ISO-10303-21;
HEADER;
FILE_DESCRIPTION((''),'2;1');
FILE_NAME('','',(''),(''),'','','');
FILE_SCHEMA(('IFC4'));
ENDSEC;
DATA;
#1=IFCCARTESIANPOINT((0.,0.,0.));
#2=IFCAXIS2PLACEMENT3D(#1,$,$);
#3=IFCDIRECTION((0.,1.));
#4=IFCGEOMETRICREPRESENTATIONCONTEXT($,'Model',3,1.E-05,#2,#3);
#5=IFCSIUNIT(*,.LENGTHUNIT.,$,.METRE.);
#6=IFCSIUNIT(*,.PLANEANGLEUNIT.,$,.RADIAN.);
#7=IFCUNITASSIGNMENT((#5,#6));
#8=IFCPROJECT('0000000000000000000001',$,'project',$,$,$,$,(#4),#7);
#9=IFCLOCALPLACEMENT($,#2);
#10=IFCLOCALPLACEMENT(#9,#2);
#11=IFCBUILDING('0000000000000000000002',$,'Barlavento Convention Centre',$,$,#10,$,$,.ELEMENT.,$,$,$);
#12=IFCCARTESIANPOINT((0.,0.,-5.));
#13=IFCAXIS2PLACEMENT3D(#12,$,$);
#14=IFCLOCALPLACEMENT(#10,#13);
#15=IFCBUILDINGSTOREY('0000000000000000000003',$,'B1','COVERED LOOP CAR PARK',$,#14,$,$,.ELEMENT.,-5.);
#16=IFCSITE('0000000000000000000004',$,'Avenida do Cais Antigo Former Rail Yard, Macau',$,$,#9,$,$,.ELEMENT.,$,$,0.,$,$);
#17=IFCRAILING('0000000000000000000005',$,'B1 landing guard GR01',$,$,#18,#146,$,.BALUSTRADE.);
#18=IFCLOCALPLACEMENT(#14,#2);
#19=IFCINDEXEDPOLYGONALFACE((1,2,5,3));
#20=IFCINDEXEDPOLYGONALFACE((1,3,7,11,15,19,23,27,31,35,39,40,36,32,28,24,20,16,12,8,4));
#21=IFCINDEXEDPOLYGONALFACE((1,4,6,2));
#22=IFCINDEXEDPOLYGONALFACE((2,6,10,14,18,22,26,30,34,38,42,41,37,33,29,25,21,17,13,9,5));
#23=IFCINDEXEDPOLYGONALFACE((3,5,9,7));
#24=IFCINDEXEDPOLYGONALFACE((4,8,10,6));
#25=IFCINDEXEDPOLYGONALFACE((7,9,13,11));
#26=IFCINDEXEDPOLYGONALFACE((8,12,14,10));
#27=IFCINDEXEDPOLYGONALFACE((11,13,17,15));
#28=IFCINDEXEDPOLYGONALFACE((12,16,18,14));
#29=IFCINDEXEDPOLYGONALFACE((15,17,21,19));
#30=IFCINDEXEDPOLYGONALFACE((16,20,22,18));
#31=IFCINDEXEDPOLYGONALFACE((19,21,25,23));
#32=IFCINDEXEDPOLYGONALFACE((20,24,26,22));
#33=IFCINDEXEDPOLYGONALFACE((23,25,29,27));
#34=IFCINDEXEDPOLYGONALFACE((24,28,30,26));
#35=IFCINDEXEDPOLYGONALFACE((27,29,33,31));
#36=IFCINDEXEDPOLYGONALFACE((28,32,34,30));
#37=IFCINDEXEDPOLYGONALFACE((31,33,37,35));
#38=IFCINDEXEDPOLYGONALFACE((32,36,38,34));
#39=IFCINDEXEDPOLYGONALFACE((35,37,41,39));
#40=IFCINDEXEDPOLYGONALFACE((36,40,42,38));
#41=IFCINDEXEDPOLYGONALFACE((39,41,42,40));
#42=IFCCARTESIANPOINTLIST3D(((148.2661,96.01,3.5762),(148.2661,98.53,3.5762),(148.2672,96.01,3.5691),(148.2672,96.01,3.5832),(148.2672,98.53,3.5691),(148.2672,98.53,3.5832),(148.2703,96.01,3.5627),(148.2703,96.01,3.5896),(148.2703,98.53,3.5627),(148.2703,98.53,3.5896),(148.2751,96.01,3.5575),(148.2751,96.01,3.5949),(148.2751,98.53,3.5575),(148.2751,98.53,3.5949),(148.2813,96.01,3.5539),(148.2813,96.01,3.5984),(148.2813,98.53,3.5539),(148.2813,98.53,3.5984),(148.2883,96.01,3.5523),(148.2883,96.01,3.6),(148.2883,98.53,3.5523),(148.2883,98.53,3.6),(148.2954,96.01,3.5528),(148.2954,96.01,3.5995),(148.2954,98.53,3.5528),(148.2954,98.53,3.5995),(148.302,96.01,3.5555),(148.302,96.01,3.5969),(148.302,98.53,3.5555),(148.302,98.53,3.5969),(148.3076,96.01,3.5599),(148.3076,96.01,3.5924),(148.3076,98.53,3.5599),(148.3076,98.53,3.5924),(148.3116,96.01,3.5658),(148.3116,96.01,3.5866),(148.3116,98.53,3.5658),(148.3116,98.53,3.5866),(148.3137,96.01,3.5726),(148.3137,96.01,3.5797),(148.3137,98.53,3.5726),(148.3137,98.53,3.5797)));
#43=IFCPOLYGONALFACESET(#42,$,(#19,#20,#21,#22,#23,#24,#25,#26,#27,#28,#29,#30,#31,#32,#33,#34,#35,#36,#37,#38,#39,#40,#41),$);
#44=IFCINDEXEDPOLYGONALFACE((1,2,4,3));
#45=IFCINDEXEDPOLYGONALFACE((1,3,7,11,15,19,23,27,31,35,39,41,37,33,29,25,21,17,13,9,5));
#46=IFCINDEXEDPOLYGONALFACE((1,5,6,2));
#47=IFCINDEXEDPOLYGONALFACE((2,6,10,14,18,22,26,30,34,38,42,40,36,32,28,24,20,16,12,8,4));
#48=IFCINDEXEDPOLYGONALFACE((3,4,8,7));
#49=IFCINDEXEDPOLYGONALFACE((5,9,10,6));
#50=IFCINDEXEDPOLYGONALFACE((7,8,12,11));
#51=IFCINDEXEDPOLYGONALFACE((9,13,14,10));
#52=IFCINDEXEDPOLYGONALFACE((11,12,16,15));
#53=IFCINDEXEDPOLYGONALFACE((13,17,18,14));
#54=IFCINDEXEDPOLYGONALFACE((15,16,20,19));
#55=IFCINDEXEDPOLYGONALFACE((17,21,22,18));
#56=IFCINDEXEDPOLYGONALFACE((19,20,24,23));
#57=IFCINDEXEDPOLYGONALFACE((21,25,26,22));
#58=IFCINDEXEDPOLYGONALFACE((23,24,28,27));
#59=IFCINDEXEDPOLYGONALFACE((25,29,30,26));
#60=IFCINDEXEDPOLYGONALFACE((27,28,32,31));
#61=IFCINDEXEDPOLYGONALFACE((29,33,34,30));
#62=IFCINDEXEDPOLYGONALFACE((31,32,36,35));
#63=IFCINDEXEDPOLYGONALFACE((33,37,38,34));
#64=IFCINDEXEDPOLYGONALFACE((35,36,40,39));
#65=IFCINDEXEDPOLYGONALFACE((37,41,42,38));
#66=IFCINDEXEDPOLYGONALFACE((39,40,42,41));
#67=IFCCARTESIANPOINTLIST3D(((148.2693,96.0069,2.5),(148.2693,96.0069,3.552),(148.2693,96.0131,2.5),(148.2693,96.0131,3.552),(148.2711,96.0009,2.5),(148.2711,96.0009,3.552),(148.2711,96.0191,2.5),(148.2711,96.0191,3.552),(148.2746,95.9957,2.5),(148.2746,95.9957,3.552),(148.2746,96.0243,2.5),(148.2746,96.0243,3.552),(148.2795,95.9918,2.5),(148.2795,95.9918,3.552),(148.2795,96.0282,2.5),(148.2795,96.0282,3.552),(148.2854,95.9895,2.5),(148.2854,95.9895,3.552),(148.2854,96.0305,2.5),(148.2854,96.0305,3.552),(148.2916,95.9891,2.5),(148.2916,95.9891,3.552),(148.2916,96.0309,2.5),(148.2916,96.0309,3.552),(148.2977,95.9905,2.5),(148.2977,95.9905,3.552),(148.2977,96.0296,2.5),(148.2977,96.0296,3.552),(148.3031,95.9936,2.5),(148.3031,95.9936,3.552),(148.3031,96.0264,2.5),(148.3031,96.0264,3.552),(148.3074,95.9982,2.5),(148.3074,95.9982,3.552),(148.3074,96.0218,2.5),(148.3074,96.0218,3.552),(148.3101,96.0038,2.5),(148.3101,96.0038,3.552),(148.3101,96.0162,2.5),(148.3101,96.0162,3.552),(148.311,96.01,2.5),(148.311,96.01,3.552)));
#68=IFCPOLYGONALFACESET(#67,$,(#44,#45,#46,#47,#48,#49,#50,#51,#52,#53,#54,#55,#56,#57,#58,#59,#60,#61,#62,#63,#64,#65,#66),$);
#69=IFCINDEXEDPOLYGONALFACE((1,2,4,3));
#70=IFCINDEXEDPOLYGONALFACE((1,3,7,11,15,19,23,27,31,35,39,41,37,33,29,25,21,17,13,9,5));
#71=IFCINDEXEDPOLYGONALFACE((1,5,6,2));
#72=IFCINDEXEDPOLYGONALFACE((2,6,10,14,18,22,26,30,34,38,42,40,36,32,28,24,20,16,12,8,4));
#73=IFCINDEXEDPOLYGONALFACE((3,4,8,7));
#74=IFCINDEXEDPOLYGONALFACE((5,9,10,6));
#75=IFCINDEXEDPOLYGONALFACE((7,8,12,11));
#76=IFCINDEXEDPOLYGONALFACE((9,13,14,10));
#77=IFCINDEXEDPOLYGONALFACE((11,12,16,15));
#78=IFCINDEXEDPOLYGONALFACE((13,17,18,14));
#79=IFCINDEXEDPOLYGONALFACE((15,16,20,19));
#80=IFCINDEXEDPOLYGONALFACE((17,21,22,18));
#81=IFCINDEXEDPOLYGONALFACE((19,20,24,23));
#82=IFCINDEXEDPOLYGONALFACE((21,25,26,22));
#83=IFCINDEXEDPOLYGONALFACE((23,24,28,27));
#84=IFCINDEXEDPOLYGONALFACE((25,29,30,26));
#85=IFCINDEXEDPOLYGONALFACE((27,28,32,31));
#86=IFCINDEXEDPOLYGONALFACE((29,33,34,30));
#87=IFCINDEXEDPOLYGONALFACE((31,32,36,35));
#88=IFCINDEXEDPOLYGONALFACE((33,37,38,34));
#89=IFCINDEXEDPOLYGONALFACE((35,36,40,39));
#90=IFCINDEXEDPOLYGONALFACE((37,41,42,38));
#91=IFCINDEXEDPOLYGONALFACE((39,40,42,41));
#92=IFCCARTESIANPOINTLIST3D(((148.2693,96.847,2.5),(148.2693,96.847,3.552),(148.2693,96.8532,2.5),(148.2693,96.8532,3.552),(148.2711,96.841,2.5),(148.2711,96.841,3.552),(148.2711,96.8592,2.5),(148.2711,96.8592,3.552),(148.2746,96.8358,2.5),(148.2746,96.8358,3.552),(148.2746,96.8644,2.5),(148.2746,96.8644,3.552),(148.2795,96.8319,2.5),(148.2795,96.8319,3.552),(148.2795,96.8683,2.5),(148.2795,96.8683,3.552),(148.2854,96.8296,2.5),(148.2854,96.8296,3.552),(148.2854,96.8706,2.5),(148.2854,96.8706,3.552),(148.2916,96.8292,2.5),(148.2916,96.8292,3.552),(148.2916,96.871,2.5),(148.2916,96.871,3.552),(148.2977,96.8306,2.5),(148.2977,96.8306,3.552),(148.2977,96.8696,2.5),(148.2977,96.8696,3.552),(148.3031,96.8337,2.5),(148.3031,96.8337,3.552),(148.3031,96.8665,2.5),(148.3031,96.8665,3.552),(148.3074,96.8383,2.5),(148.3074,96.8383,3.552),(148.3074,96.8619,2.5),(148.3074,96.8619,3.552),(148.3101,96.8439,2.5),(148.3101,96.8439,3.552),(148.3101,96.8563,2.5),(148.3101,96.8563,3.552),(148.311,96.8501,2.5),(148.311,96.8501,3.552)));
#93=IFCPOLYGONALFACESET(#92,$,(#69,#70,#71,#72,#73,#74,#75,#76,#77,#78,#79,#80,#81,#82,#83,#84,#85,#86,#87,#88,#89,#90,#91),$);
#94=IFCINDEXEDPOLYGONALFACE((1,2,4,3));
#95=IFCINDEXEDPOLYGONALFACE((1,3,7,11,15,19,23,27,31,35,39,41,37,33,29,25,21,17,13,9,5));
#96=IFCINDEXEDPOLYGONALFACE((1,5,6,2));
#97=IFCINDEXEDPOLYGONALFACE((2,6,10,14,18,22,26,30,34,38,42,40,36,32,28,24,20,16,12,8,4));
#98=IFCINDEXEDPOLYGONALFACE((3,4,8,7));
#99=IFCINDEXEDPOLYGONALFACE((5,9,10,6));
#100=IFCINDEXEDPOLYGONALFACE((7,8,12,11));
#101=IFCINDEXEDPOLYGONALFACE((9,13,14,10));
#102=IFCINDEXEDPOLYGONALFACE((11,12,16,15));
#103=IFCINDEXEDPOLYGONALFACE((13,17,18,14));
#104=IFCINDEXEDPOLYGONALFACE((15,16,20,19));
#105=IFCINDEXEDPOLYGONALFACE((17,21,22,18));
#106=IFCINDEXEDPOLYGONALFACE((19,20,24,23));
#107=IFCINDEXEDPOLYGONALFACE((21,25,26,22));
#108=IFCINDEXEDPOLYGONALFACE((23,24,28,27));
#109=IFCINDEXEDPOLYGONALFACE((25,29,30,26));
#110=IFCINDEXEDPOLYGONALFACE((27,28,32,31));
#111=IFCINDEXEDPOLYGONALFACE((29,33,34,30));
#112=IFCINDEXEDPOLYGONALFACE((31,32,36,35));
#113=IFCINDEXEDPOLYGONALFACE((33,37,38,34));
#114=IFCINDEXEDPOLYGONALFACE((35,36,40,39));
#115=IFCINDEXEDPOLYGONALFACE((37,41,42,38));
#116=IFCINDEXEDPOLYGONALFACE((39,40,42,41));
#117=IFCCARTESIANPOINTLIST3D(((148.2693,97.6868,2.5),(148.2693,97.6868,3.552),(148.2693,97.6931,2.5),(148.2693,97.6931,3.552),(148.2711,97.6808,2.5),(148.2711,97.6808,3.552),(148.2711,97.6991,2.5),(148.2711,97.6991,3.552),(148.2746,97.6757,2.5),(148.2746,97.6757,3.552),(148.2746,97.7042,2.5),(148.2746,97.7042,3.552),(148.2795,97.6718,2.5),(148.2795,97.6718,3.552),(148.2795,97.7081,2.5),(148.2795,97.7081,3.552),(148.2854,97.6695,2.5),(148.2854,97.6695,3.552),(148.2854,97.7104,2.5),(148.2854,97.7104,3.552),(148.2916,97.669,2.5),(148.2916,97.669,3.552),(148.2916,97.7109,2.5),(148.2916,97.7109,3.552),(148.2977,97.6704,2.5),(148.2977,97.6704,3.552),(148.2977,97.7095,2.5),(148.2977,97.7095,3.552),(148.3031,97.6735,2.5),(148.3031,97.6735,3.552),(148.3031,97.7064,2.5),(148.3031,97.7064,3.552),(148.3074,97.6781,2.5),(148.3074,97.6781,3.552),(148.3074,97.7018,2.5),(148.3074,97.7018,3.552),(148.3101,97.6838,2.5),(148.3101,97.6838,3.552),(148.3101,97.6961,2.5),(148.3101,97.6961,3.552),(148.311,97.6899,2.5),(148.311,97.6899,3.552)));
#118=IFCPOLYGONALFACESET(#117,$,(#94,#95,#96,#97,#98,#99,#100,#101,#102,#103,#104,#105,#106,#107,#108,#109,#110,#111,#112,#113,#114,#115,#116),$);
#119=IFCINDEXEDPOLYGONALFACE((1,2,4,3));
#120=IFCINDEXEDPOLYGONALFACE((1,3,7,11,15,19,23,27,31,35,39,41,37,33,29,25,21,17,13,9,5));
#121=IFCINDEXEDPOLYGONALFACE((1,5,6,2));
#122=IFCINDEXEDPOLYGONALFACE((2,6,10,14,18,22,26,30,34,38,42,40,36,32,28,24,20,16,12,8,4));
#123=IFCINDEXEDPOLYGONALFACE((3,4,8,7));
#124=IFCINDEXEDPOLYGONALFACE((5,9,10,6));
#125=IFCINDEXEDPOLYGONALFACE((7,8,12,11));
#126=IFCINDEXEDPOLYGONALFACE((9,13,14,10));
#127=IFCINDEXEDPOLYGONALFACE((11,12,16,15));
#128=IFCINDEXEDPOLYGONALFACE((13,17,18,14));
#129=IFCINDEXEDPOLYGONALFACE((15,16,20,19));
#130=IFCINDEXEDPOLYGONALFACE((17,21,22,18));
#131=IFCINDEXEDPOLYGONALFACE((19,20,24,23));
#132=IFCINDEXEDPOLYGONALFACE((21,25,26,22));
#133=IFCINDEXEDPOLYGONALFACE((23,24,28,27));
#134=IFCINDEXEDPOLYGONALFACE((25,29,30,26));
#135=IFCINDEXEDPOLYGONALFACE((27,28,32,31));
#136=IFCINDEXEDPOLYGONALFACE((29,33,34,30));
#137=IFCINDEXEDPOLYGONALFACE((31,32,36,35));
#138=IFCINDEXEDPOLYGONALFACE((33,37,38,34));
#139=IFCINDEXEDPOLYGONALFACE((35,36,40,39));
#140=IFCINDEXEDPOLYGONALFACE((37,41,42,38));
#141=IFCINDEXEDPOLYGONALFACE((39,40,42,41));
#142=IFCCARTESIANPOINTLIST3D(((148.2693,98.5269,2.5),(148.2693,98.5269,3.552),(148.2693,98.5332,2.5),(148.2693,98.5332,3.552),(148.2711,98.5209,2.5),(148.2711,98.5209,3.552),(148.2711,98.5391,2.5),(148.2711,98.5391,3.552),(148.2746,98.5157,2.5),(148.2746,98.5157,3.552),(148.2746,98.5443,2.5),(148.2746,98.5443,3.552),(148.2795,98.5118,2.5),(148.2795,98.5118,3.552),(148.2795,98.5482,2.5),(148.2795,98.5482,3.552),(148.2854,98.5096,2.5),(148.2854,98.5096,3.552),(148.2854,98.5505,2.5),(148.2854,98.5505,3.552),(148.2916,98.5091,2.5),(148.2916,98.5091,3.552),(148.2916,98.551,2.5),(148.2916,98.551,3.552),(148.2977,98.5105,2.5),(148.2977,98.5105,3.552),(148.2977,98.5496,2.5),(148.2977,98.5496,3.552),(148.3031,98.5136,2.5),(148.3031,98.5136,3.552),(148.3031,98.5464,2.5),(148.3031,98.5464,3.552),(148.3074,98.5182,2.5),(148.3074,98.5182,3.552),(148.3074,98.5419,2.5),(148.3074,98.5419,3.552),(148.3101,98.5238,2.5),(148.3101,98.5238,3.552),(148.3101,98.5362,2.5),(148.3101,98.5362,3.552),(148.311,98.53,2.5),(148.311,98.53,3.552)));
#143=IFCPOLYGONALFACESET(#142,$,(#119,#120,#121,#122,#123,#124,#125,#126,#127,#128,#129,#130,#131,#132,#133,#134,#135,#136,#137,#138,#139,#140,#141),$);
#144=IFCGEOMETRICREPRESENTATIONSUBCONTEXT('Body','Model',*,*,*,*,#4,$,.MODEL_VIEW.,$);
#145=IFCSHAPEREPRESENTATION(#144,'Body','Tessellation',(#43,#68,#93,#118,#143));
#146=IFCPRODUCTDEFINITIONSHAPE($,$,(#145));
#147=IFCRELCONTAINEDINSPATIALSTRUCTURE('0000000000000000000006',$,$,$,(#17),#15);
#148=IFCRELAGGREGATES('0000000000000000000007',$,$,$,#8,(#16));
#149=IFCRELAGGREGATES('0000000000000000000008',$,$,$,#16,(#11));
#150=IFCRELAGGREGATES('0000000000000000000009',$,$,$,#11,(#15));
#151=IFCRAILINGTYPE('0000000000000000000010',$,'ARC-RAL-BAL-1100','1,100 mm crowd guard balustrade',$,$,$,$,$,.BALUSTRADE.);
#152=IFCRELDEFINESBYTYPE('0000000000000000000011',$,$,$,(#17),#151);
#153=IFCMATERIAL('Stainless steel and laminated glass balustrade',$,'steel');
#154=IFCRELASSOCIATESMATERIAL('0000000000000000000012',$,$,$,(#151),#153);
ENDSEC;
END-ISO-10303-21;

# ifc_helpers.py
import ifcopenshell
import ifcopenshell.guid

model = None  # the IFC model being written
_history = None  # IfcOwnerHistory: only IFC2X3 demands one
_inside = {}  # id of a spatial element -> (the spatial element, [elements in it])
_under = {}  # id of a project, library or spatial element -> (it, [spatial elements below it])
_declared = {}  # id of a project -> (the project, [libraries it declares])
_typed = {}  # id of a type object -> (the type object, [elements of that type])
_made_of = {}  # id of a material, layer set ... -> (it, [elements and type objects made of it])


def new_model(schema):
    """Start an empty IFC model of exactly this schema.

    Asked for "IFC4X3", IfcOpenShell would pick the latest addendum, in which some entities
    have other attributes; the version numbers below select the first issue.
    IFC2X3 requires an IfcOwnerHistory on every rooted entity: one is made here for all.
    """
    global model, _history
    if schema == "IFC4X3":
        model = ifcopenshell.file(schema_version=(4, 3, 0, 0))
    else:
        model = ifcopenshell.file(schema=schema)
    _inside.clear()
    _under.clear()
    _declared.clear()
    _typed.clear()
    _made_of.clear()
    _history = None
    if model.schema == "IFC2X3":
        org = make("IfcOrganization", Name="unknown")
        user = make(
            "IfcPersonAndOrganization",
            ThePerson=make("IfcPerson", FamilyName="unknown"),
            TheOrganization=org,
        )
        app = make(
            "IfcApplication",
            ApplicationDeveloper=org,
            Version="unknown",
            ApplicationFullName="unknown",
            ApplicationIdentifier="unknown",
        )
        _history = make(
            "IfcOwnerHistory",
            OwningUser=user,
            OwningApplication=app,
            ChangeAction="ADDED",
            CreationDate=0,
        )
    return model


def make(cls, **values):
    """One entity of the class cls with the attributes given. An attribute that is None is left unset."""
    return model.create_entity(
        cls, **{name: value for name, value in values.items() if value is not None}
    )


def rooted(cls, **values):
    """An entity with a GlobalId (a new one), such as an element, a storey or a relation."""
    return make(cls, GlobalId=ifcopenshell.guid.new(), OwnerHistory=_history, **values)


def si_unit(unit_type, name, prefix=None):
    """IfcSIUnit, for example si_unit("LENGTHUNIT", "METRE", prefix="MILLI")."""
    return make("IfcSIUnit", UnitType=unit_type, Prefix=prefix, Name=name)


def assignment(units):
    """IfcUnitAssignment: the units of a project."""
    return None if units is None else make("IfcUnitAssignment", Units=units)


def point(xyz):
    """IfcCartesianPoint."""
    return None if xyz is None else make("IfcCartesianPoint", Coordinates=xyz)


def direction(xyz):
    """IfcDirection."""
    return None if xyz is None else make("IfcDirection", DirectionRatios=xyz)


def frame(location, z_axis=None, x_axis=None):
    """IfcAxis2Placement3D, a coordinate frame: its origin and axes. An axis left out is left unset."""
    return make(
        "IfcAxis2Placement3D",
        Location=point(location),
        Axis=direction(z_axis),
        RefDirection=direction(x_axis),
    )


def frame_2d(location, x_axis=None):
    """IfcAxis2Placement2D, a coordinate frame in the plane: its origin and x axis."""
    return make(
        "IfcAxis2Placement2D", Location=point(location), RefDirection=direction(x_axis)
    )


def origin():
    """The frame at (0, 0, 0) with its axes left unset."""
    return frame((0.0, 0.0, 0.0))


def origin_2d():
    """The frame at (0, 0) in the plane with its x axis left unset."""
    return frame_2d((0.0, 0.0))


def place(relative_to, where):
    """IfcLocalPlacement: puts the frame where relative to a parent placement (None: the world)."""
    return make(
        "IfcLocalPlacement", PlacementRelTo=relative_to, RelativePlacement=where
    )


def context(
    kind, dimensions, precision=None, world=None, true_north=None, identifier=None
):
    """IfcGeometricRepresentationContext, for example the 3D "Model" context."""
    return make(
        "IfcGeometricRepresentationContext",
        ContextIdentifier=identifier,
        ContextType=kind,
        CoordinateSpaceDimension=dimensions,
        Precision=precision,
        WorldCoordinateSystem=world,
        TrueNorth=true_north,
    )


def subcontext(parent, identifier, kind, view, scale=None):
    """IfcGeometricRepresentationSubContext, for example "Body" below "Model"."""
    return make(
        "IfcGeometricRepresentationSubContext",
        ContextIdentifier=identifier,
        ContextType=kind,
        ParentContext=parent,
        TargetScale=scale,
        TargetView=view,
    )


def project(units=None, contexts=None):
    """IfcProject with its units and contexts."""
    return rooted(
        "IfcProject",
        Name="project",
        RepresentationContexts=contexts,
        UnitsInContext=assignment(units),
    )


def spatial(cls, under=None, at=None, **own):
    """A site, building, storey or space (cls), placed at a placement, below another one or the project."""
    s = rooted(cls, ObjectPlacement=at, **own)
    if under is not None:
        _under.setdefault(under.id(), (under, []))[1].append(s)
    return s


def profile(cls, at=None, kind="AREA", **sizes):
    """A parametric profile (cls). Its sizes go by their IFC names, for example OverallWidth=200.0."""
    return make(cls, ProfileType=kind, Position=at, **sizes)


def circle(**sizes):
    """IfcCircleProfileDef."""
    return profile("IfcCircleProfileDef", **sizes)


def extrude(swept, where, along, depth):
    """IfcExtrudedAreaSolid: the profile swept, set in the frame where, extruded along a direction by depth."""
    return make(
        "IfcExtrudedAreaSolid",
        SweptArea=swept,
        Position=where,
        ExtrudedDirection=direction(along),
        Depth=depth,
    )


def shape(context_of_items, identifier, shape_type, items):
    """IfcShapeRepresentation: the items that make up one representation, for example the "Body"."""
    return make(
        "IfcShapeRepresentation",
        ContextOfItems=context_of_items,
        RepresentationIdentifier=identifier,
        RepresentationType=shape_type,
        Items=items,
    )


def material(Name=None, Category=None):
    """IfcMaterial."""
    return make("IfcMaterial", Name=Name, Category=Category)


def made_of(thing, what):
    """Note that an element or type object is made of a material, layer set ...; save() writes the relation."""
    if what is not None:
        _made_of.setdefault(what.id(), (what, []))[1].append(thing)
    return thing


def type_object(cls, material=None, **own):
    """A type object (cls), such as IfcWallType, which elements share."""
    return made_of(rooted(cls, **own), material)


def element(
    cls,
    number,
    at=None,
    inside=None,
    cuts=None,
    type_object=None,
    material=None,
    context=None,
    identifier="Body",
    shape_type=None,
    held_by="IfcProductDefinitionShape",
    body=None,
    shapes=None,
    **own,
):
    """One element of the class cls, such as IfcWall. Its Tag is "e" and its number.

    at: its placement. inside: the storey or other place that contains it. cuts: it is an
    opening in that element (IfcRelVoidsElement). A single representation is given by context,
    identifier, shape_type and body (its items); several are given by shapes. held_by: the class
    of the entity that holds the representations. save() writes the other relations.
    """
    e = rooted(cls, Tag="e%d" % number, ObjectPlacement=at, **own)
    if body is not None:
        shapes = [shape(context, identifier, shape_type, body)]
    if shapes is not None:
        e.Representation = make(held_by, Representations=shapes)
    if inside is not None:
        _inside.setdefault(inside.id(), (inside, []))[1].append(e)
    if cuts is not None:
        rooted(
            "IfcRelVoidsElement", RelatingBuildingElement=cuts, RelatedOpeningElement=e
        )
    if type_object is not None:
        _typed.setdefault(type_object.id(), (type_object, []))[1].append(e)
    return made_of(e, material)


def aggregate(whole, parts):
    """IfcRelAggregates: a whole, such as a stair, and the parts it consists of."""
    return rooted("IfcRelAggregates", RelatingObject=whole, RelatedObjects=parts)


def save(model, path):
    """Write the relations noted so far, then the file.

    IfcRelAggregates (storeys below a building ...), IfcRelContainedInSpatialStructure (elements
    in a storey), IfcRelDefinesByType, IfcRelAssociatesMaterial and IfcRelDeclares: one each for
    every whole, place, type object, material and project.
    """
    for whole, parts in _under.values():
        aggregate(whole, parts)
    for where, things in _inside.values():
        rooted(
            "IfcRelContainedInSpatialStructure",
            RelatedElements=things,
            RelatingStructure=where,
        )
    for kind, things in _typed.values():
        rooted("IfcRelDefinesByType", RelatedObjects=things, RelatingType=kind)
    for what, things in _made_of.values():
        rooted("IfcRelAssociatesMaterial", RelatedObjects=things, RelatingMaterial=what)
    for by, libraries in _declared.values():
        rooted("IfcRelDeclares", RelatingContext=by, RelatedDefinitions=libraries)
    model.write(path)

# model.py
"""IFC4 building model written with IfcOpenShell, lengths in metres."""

from ifc_helpers import new_model, si_unit, direction, frame, origin, origin_2d, place, context, subcontext, project, spatial, circle, extrude, material, type_object, element, save


model = new_model("IFC4")

# Units and contexts
model_context = context("Model", 3, precision=1e-05, world=origin(), true_north=direction((0.0, 1.0)))
body_context = subcontext(model_context, "Body", "Model", "MODEL_VIEW")
ifc_project = project(units=[si_unit("LENGTHUNIT", "METRE"), si_unit("PLANEANGLEUNIT", "RADIAN")], contexts=[model_context])

# Site, building, storey
site_placement = place(None, origin())
site = spatial("IfcSite", under=ifc_project, at=site_placement, Name="Avenida do Cais Antigo Former Rail Yard, Macau", CompositionType="ELEMENT", RefElevation=0.0)
building_placement = place(site_placement, origin())
building = spatial("IfcBuilding", under=site, at=building_placement, Name="Barlavento Convention Centre", CompositionType="ELEMENT")
storey_placement = place(building_placement, frame((0.0, 0.0, -5.0)))
storey = spatial("IfcBuildingStorey", under=building, at=storey_placement, Name="B1", Description="COVERED LOOP CAR PARK", CompositionType="ELEMENT", Elevation=-5.0)

# Railing
ifc_material_1 = material(Name="Stainless steel and laminated glass balustrade", Category="steel")
railing_type_1 = type_object("IfcRailingType", Name="ARC-RAL-BAL-1100", Description="1,100 mm crowd guard balustrade", PredefinedType="BALUSTRADE", material=ifc_material_1)
for number, where, name in (
    (1, (148.29, 96.01, 2.5), "B1 landing guard GR01"),
):
    element("IfcRailing", number, at=place(storey_placement, frame(where)), inside=storey, type_object=railing_type_1, Name=name, PredefinedType="BALUSTRADE", context=body_context, shape_type="SweptSolid", body=[
        extrude(circle(Radius=0.0239, at=origin_2d()), frame((0.0, 0.0, 1.0762), z_axis=(0.0, 1.0, 0.0), x_axis=(-1.0, 0.0, 0.0)), (0.0, 0.0, 1.0), 2.52),
        extrude(circle(Radius=0.021, at=origin_2d()), origin(), (0.0, 0.0, 1.0), 1.052),
        extrude(circle(Radius=0.021, at=origin_2d()), frame((0.0, 0.8401, 0.0)), (0.0, 0.0, 1.0), 1.052),
        extrude(circle(Radius=0.021, at=origin_2d()), frame((0.0, 1.6799, 0.0)), (0.0, 0.0, 1.0), 1.052),
        extrude(circle(Radius=0.021, at=origin_2d()), frame((0.0, 2.52, 0.0)), (0.0, 0.0, 1.0), 1.052),
    ])

save(model, "model.ifc")
